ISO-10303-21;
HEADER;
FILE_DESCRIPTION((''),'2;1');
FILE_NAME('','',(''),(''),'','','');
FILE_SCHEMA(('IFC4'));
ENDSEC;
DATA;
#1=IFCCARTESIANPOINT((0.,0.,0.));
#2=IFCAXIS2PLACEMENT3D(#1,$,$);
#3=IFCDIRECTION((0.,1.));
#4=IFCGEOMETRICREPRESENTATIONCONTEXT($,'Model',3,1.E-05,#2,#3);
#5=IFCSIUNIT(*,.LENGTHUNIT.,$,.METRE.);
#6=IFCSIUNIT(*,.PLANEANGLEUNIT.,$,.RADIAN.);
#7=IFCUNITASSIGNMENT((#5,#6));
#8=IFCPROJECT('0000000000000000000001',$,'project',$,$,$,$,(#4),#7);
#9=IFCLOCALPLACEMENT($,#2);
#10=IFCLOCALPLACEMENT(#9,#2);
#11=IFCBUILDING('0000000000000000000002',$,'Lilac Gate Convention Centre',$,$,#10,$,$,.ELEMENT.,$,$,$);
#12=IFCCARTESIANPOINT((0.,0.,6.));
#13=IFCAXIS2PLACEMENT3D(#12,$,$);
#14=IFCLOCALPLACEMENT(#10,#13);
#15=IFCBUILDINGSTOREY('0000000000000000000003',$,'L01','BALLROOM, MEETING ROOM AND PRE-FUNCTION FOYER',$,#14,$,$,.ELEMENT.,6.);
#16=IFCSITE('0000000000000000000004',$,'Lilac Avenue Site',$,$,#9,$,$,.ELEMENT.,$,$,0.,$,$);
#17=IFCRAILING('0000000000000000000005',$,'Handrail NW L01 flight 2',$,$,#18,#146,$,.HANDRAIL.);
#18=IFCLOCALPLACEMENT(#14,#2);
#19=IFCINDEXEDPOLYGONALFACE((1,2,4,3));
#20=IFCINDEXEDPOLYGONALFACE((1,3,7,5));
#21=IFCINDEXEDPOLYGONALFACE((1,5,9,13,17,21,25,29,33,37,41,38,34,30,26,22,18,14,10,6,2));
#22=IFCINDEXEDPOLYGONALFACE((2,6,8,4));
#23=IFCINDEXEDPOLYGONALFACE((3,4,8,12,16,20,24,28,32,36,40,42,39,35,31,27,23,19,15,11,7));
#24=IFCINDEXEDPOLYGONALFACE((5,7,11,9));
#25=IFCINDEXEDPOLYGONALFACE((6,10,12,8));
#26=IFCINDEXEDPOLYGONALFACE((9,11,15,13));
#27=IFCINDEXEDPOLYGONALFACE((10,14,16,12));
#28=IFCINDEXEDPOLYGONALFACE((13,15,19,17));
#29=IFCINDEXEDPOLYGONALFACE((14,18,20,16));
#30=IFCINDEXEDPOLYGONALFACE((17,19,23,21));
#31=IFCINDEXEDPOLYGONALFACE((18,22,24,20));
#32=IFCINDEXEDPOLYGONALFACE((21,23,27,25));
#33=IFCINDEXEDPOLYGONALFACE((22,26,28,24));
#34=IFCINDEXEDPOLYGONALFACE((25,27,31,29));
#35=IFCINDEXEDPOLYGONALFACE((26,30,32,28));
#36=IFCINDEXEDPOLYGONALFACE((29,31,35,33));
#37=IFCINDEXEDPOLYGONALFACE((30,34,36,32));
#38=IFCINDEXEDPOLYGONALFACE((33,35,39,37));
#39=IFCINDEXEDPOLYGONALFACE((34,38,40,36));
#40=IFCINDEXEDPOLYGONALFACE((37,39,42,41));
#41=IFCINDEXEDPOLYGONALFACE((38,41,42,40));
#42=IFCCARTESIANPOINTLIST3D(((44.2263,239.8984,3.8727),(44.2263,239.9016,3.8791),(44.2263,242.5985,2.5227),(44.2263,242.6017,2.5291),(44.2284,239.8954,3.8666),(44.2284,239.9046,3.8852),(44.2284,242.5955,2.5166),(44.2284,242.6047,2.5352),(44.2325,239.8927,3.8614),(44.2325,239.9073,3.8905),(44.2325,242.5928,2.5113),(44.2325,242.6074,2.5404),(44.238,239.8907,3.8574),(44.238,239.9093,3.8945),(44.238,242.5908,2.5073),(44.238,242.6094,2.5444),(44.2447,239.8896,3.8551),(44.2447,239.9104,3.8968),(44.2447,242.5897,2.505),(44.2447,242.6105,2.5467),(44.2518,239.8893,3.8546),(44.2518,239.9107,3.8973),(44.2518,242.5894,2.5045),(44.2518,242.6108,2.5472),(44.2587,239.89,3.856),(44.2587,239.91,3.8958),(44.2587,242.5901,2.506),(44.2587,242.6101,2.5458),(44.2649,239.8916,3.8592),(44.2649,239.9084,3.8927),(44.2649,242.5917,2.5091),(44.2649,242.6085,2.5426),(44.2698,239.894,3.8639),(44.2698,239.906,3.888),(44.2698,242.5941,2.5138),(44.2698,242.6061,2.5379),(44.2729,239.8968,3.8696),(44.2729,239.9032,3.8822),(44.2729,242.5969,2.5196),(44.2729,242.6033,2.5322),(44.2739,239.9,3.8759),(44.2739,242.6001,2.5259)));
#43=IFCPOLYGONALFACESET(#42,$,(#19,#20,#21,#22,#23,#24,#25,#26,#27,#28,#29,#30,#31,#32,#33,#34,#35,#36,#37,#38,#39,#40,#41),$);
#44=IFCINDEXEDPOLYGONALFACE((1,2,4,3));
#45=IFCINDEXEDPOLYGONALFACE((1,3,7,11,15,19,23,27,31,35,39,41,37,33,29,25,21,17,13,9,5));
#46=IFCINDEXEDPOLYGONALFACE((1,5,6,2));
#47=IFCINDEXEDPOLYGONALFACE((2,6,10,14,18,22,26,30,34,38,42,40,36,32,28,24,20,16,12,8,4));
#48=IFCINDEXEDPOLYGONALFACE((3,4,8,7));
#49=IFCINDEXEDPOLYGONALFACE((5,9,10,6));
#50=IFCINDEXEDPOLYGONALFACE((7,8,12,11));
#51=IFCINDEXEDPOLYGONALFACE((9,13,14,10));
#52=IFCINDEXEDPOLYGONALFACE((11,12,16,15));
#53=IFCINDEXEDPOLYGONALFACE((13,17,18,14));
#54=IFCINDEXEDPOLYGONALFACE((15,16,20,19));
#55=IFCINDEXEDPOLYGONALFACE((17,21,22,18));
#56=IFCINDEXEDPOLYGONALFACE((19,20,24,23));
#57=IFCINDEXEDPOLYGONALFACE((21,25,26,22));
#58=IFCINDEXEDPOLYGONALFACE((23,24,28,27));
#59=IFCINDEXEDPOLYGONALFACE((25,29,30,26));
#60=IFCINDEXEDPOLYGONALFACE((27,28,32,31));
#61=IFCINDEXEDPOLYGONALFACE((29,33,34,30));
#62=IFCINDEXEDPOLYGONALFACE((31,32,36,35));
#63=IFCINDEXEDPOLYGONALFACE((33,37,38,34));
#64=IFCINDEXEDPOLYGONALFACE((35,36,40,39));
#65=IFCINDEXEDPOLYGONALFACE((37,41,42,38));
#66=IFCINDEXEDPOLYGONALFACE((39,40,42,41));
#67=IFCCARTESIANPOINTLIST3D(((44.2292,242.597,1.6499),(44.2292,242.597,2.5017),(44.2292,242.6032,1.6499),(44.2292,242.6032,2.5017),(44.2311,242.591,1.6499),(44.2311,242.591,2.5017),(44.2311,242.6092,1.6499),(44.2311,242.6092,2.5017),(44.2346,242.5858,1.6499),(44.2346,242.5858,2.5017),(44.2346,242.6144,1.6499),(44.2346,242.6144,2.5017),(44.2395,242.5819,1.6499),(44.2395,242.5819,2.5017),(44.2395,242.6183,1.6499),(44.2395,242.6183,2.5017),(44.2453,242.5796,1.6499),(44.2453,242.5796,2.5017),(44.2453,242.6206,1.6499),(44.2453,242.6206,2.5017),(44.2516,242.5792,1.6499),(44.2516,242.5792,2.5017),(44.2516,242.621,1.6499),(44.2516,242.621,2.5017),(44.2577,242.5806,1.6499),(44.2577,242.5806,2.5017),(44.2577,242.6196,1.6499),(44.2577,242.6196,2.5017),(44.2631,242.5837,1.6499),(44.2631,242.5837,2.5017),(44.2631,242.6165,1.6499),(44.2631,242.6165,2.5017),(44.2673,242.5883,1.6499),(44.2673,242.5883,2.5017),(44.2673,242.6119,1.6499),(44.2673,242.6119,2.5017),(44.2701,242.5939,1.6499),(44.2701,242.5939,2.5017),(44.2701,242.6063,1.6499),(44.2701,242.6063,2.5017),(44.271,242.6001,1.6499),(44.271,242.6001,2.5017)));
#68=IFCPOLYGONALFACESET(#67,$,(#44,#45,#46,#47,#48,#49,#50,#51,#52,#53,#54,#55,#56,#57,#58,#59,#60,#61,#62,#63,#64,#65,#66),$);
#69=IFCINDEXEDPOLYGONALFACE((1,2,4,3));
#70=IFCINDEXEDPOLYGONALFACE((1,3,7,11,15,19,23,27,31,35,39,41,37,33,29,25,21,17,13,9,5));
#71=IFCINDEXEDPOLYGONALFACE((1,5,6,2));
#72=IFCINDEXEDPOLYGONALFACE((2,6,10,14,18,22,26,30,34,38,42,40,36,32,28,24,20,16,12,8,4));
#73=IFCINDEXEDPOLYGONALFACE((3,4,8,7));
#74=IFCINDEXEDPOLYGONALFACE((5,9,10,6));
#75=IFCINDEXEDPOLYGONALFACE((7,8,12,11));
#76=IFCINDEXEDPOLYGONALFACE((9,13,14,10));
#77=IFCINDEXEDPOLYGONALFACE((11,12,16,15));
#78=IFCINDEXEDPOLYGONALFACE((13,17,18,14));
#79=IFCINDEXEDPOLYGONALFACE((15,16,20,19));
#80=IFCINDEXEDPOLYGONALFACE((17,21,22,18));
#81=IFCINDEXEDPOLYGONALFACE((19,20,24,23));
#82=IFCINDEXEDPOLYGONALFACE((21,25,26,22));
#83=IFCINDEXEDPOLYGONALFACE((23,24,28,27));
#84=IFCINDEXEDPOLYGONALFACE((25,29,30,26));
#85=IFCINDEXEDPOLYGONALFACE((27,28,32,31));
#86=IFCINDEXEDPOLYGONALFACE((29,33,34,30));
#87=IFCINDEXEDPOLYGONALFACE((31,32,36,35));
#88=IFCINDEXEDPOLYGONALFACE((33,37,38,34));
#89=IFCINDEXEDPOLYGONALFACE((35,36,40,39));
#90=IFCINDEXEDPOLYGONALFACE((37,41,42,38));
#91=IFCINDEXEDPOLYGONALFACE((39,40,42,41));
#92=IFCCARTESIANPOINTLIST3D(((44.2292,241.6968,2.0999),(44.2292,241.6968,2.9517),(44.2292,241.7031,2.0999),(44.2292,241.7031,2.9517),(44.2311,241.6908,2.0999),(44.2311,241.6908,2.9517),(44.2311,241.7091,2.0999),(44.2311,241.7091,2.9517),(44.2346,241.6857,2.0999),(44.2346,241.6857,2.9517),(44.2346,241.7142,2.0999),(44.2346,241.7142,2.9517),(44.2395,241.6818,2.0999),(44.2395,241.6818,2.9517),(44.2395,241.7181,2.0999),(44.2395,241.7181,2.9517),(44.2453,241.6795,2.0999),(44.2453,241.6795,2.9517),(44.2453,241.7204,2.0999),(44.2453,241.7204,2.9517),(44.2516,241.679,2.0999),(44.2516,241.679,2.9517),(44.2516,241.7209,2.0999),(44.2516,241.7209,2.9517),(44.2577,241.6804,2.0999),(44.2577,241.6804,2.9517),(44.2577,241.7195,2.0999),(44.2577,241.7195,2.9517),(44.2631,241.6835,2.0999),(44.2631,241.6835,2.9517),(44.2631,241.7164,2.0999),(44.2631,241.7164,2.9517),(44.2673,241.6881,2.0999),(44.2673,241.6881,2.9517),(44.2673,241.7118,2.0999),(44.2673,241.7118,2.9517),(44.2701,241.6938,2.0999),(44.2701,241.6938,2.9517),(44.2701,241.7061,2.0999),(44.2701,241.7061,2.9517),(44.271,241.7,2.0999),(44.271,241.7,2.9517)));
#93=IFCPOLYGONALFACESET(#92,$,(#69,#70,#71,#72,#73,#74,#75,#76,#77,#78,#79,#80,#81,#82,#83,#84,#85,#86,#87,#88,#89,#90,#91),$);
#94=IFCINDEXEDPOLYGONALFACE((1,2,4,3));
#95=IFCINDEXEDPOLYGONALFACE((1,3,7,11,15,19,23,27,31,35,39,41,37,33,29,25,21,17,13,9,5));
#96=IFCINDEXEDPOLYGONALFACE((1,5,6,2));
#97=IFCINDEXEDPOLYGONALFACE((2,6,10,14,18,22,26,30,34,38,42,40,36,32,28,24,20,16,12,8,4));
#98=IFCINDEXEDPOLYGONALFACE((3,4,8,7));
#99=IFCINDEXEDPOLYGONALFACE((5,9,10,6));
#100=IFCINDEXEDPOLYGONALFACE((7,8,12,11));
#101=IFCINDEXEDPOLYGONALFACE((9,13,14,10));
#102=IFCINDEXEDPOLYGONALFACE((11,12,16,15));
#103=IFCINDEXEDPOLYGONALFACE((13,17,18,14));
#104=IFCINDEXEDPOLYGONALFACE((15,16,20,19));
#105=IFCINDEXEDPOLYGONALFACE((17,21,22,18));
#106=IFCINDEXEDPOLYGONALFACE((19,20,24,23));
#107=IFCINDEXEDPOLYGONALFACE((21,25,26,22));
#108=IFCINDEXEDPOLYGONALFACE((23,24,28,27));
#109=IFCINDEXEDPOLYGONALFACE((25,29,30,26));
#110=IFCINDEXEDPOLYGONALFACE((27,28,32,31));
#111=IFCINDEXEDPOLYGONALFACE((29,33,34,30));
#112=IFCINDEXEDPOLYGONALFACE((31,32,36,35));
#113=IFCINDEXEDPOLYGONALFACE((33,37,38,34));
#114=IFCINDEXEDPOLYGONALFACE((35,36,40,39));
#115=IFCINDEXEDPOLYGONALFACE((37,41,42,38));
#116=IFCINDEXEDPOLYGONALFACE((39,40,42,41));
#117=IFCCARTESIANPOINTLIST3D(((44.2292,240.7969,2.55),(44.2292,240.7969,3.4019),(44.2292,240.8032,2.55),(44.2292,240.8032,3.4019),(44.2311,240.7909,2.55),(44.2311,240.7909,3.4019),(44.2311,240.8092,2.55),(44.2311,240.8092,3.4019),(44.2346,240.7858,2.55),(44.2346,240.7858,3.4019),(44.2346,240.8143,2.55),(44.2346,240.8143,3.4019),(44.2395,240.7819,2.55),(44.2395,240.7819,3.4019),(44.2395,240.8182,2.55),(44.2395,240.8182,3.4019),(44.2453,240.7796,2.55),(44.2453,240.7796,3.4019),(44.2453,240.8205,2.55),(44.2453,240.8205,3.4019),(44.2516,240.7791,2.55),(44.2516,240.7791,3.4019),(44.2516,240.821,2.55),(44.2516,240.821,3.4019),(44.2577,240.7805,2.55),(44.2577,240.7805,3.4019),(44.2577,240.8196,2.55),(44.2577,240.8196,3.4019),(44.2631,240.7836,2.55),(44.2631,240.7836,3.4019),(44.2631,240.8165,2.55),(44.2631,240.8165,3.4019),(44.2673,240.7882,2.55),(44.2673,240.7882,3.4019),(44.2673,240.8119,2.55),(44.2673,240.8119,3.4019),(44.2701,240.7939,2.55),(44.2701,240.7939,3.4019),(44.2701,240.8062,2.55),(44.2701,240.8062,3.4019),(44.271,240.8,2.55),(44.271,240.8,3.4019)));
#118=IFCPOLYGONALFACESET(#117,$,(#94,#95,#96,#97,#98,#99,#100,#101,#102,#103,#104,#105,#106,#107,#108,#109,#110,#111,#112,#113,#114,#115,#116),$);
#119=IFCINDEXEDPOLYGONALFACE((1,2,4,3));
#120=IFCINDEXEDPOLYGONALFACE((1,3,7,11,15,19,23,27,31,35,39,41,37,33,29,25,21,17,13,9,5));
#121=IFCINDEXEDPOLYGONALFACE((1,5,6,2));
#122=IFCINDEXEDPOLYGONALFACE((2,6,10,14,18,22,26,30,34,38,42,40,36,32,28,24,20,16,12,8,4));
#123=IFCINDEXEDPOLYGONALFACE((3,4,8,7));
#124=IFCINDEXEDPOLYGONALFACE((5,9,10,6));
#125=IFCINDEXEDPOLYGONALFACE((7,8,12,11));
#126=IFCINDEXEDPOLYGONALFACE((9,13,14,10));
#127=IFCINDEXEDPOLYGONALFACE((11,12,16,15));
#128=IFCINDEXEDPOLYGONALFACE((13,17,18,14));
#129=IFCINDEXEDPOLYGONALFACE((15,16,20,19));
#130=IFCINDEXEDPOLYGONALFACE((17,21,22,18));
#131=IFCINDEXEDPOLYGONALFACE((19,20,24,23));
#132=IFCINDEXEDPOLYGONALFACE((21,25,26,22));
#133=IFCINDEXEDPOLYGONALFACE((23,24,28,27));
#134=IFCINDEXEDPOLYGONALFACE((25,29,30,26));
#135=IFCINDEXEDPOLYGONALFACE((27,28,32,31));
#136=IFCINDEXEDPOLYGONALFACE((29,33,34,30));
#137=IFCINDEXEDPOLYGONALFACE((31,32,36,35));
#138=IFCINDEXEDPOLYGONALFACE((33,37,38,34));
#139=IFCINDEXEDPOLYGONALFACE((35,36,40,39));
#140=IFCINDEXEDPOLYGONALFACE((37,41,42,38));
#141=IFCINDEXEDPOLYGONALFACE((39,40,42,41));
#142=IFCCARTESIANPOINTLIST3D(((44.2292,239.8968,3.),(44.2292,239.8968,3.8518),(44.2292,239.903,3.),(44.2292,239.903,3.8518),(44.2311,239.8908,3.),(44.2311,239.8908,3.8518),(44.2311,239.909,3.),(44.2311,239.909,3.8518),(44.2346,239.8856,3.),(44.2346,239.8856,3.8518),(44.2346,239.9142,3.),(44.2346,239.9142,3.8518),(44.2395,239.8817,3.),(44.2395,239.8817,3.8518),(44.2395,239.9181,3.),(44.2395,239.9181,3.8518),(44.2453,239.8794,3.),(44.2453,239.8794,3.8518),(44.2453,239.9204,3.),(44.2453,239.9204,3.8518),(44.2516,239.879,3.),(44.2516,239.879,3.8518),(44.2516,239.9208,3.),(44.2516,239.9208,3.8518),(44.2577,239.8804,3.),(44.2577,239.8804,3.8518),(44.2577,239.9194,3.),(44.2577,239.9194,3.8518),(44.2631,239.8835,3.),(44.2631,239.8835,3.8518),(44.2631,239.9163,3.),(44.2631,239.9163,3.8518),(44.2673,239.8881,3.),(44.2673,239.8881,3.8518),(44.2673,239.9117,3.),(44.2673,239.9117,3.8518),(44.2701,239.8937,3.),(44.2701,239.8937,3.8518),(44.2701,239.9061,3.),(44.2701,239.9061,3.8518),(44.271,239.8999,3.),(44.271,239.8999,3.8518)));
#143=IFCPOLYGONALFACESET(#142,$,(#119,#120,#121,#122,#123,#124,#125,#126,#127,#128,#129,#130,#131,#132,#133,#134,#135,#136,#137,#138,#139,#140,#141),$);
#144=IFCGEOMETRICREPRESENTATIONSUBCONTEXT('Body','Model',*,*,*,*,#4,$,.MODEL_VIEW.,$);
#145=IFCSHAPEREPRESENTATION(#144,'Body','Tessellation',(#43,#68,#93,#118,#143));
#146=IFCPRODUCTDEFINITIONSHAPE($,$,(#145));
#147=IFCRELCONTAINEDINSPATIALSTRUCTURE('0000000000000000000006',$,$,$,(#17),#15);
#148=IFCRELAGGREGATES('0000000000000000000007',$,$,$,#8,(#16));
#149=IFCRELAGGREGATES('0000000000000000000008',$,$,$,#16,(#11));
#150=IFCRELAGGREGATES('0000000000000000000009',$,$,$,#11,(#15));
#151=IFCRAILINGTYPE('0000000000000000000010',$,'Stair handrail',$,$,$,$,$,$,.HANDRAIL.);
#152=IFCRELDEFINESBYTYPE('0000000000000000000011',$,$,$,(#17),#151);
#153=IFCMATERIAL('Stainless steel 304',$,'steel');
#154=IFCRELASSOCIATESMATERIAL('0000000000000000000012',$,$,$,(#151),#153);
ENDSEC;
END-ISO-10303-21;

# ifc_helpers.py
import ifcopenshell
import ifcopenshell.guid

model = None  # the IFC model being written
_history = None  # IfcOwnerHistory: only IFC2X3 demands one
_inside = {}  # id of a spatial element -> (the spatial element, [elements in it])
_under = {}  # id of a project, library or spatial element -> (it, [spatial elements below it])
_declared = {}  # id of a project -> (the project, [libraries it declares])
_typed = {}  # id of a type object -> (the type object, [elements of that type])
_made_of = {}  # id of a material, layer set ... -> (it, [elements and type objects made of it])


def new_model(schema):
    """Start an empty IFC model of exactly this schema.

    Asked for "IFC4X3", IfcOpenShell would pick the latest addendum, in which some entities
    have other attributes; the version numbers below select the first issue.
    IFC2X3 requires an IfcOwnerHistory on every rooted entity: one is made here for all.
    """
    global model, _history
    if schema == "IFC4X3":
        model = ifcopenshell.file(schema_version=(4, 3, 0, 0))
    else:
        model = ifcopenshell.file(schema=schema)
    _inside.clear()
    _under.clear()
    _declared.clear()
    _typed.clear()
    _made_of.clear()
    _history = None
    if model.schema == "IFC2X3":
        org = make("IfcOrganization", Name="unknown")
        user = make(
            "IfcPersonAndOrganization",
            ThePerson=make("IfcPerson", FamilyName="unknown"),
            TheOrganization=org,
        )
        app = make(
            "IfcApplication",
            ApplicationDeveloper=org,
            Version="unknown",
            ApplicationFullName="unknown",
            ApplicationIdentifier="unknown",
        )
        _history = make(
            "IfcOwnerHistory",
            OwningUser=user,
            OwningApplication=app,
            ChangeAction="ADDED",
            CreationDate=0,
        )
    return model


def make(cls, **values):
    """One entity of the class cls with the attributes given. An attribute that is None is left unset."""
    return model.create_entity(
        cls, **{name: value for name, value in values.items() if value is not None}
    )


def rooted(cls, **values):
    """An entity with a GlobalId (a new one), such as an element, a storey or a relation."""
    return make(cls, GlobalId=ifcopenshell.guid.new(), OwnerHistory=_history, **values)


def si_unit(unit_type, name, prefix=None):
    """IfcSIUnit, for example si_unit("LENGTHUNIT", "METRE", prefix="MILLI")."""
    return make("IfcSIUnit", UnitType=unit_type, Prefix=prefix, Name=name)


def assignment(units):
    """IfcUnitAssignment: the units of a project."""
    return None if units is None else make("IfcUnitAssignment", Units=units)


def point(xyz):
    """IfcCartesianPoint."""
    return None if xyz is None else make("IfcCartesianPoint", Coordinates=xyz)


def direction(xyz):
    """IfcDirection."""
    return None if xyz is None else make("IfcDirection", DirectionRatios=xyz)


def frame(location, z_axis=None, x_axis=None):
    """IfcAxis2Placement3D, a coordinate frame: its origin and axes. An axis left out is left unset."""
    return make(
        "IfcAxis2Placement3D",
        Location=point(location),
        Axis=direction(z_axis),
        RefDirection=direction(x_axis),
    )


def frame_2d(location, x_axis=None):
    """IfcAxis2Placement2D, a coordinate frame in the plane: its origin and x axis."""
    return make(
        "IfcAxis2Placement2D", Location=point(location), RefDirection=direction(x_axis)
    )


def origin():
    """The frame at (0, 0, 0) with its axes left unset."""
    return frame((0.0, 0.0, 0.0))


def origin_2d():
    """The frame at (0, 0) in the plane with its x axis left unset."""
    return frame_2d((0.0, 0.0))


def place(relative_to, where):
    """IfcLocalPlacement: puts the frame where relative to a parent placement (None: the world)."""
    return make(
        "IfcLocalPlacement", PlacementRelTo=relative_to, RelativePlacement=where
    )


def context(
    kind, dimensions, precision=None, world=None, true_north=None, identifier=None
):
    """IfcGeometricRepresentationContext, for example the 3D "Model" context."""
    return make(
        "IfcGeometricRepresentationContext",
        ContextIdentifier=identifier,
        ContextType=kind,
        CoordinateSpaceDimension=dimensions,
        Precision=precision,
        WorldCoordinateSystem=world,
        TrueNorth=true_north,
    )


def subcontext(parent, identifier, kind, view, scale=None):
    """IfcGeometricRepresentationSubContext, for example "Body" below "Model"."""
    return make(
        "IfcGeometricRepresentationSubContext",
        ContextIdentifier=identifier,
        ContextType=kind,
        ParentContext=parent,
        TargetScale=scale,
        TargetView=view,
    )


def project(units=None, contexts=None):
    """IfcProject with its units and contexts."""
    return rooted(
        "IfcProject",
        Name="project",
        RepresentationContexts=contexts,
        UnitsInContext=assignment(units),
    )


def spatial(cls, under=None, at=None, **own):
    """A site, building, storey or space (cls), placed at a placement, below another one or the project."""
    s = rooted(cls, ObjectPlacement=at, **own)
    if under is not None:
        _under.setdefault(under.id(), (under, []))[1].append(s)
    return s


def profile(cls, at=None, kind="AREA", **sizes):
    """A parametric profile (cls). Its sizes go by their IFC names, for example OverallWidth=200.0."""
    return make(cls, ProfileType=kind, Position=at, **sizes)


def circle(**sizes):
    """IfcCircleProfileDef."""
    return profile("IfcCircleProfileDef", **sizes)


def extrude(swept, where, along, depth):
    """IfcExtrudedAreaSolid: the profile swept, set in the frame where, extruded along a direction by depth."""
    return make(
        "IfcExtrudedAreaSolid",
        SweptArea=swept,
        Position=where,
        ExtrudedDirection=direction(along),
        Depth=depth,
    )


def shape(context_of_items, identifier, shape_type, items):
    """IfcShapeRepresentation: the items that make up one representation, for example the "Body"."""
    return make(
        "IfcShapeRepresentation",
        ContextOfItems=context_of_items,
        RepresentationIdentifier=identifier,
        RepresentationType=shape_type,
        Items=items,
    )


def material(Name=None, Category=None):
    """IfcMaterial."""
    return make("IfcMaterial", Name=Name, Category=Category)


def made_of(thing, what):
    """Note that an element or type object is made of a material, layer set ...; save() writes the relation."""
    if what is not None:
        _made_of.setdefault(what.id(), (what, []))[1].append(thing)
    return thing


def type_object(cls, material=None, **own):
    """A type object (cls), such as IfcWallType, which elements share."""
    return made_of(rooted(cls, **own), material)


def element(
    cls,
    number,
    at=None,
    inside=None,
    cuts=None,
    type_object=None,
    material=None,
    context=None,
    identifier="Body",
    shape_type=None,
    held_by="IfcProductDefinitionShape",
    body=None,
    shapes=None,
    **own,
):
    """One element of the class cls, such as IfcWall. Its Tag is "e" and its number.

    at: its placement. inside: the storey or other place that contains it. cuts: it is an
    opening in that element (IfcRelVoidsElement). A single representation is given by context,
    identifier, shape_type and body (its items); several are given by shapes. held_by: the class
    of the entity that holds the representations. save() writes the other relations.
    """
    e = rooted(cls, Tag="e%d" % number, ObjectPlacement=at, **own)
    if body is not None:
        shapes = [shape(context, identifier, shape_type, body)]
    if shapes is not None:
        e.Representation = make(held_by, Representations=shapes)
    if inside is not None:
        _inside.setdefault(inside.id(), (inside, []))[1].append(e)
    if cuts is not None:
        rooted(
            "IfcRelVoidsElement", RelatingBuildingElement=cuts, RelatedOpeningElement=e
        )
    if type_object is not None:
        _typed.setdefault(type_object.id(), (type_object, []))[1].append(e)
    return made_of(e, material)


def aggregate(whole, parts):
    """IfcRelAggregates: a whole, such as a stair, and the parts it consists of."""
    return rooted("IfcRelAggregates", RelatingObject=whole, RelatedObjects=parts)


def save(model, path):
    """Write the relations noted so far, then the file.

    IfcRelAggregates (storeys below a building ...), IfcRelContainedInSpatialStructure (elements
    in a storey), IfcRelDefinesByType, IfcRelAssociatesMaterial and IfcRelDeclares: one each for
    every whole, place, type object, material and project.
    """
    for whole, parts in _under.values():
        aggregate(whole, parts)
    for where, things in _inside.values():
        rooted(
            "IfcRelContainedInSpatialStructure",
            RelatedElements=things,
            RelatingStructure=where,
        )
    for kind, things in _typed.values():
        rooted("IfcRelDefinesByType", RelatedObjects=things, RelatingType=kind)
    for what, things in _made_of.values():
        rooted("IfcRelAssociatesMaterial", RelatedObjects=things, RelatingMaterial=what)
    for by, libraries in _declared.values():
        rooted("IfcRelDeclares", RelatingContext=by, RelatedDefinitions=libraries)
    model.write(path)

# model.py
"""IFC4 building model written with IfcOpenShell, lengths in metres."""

from ifc_helpers import new_model, si_unit, direction, frame, origin, origin_2d, place, context, subcontext, project, spatial, circle, extrude, material, type_object, element, save


model = new_model("IFC4")

# Units and contexts
model_context = context("Model", 3, precision=1e-05, world=origin(), true_north=direction((0.0, 1.0)))
body_context = subcontext(model_context, "Body", "Model", "MODEL_VIEW")
ifc_project = project(units=[si_unit("LENGTHUNIT", "METRE"), si_unit("PLANEANGLEUNIT", "RADIAN")], contexts=[model_context])

# Site, building, storey
site_placement = place(None, origin())
site = spatial("IfcSite", under=ifc_project, at=site_placement, Name="Lilac Avenue Site", CompositionType="ELEMENT", RefElevation=0.0)
building_placement = place(site_placement, origin())
building = spatial("IfcBuilding", under=site, at=building_placement, Name="Lilac Gate Convention Centre", CompositionType="ELEMENT")
storey_placement = place(building_placement, frame((0.0, 0.0, 6.0)))
storey = spatial("IfcBuildingStorey", under=building, at=storey_placement, Name="L01", Description="BALLROOM, MEETING ROOM AND PRE-FUNCTION FOYER", CompositionType="ELEMENT", Elevation=6.0)

# Railing
ifc_material_1 = material(Name="Stainless steel 304", Category="steel")
railing_type = type_object("IfcRailingType", Name="Stair handrail", PredefinedType="HANDRAIL", material=ifc_material_1)
for number, where, name in (
    (1, (44.25, 242.6001, 1.6499), "Handrail NW L01 flight 2"),
):
    element("IfcRailing", number, at=place(storey_placement, frame(where)), inside=storey, type_object=railing_type, Name=name, PredefinedType="HANDRAIL", context=body_context, shape_type="SweptSolid", body=[
        extrude(circle(Radius=0.0239, at=origin_2d()), frame((0.0, 0.0, 0.876), z_axis=(0.0, -0.894427, 0.447214), x_axis=(1.0, 0.0, 0.0)), (0.0, 0.0, 1.0), 3.0188),
        extrude(circle(Radius=0.021, at=origin_2d()), origin(), (0.0, 0.0, 1.0), 0.8518),
        extrude(circle(Radius=0.021, at=origin_2d()), frame((0.0, -0.9001, 0.45)), (0.0, 0.0, 1.0), 0.8518),
        extrude(circle(Radius=0.021, at=origin_2d()), frame((0.0, -1.8, 0.9001)), (0.0, 0.0, 1.0), 0.8518),
        extrude(circle(Radius=0.021, at=origin_2d()), frame((0.0, -2.7002, 1.3501)), (0.0, 0.0, 1.0), 0.8518),
    ])

save(model, "model.ifc")
